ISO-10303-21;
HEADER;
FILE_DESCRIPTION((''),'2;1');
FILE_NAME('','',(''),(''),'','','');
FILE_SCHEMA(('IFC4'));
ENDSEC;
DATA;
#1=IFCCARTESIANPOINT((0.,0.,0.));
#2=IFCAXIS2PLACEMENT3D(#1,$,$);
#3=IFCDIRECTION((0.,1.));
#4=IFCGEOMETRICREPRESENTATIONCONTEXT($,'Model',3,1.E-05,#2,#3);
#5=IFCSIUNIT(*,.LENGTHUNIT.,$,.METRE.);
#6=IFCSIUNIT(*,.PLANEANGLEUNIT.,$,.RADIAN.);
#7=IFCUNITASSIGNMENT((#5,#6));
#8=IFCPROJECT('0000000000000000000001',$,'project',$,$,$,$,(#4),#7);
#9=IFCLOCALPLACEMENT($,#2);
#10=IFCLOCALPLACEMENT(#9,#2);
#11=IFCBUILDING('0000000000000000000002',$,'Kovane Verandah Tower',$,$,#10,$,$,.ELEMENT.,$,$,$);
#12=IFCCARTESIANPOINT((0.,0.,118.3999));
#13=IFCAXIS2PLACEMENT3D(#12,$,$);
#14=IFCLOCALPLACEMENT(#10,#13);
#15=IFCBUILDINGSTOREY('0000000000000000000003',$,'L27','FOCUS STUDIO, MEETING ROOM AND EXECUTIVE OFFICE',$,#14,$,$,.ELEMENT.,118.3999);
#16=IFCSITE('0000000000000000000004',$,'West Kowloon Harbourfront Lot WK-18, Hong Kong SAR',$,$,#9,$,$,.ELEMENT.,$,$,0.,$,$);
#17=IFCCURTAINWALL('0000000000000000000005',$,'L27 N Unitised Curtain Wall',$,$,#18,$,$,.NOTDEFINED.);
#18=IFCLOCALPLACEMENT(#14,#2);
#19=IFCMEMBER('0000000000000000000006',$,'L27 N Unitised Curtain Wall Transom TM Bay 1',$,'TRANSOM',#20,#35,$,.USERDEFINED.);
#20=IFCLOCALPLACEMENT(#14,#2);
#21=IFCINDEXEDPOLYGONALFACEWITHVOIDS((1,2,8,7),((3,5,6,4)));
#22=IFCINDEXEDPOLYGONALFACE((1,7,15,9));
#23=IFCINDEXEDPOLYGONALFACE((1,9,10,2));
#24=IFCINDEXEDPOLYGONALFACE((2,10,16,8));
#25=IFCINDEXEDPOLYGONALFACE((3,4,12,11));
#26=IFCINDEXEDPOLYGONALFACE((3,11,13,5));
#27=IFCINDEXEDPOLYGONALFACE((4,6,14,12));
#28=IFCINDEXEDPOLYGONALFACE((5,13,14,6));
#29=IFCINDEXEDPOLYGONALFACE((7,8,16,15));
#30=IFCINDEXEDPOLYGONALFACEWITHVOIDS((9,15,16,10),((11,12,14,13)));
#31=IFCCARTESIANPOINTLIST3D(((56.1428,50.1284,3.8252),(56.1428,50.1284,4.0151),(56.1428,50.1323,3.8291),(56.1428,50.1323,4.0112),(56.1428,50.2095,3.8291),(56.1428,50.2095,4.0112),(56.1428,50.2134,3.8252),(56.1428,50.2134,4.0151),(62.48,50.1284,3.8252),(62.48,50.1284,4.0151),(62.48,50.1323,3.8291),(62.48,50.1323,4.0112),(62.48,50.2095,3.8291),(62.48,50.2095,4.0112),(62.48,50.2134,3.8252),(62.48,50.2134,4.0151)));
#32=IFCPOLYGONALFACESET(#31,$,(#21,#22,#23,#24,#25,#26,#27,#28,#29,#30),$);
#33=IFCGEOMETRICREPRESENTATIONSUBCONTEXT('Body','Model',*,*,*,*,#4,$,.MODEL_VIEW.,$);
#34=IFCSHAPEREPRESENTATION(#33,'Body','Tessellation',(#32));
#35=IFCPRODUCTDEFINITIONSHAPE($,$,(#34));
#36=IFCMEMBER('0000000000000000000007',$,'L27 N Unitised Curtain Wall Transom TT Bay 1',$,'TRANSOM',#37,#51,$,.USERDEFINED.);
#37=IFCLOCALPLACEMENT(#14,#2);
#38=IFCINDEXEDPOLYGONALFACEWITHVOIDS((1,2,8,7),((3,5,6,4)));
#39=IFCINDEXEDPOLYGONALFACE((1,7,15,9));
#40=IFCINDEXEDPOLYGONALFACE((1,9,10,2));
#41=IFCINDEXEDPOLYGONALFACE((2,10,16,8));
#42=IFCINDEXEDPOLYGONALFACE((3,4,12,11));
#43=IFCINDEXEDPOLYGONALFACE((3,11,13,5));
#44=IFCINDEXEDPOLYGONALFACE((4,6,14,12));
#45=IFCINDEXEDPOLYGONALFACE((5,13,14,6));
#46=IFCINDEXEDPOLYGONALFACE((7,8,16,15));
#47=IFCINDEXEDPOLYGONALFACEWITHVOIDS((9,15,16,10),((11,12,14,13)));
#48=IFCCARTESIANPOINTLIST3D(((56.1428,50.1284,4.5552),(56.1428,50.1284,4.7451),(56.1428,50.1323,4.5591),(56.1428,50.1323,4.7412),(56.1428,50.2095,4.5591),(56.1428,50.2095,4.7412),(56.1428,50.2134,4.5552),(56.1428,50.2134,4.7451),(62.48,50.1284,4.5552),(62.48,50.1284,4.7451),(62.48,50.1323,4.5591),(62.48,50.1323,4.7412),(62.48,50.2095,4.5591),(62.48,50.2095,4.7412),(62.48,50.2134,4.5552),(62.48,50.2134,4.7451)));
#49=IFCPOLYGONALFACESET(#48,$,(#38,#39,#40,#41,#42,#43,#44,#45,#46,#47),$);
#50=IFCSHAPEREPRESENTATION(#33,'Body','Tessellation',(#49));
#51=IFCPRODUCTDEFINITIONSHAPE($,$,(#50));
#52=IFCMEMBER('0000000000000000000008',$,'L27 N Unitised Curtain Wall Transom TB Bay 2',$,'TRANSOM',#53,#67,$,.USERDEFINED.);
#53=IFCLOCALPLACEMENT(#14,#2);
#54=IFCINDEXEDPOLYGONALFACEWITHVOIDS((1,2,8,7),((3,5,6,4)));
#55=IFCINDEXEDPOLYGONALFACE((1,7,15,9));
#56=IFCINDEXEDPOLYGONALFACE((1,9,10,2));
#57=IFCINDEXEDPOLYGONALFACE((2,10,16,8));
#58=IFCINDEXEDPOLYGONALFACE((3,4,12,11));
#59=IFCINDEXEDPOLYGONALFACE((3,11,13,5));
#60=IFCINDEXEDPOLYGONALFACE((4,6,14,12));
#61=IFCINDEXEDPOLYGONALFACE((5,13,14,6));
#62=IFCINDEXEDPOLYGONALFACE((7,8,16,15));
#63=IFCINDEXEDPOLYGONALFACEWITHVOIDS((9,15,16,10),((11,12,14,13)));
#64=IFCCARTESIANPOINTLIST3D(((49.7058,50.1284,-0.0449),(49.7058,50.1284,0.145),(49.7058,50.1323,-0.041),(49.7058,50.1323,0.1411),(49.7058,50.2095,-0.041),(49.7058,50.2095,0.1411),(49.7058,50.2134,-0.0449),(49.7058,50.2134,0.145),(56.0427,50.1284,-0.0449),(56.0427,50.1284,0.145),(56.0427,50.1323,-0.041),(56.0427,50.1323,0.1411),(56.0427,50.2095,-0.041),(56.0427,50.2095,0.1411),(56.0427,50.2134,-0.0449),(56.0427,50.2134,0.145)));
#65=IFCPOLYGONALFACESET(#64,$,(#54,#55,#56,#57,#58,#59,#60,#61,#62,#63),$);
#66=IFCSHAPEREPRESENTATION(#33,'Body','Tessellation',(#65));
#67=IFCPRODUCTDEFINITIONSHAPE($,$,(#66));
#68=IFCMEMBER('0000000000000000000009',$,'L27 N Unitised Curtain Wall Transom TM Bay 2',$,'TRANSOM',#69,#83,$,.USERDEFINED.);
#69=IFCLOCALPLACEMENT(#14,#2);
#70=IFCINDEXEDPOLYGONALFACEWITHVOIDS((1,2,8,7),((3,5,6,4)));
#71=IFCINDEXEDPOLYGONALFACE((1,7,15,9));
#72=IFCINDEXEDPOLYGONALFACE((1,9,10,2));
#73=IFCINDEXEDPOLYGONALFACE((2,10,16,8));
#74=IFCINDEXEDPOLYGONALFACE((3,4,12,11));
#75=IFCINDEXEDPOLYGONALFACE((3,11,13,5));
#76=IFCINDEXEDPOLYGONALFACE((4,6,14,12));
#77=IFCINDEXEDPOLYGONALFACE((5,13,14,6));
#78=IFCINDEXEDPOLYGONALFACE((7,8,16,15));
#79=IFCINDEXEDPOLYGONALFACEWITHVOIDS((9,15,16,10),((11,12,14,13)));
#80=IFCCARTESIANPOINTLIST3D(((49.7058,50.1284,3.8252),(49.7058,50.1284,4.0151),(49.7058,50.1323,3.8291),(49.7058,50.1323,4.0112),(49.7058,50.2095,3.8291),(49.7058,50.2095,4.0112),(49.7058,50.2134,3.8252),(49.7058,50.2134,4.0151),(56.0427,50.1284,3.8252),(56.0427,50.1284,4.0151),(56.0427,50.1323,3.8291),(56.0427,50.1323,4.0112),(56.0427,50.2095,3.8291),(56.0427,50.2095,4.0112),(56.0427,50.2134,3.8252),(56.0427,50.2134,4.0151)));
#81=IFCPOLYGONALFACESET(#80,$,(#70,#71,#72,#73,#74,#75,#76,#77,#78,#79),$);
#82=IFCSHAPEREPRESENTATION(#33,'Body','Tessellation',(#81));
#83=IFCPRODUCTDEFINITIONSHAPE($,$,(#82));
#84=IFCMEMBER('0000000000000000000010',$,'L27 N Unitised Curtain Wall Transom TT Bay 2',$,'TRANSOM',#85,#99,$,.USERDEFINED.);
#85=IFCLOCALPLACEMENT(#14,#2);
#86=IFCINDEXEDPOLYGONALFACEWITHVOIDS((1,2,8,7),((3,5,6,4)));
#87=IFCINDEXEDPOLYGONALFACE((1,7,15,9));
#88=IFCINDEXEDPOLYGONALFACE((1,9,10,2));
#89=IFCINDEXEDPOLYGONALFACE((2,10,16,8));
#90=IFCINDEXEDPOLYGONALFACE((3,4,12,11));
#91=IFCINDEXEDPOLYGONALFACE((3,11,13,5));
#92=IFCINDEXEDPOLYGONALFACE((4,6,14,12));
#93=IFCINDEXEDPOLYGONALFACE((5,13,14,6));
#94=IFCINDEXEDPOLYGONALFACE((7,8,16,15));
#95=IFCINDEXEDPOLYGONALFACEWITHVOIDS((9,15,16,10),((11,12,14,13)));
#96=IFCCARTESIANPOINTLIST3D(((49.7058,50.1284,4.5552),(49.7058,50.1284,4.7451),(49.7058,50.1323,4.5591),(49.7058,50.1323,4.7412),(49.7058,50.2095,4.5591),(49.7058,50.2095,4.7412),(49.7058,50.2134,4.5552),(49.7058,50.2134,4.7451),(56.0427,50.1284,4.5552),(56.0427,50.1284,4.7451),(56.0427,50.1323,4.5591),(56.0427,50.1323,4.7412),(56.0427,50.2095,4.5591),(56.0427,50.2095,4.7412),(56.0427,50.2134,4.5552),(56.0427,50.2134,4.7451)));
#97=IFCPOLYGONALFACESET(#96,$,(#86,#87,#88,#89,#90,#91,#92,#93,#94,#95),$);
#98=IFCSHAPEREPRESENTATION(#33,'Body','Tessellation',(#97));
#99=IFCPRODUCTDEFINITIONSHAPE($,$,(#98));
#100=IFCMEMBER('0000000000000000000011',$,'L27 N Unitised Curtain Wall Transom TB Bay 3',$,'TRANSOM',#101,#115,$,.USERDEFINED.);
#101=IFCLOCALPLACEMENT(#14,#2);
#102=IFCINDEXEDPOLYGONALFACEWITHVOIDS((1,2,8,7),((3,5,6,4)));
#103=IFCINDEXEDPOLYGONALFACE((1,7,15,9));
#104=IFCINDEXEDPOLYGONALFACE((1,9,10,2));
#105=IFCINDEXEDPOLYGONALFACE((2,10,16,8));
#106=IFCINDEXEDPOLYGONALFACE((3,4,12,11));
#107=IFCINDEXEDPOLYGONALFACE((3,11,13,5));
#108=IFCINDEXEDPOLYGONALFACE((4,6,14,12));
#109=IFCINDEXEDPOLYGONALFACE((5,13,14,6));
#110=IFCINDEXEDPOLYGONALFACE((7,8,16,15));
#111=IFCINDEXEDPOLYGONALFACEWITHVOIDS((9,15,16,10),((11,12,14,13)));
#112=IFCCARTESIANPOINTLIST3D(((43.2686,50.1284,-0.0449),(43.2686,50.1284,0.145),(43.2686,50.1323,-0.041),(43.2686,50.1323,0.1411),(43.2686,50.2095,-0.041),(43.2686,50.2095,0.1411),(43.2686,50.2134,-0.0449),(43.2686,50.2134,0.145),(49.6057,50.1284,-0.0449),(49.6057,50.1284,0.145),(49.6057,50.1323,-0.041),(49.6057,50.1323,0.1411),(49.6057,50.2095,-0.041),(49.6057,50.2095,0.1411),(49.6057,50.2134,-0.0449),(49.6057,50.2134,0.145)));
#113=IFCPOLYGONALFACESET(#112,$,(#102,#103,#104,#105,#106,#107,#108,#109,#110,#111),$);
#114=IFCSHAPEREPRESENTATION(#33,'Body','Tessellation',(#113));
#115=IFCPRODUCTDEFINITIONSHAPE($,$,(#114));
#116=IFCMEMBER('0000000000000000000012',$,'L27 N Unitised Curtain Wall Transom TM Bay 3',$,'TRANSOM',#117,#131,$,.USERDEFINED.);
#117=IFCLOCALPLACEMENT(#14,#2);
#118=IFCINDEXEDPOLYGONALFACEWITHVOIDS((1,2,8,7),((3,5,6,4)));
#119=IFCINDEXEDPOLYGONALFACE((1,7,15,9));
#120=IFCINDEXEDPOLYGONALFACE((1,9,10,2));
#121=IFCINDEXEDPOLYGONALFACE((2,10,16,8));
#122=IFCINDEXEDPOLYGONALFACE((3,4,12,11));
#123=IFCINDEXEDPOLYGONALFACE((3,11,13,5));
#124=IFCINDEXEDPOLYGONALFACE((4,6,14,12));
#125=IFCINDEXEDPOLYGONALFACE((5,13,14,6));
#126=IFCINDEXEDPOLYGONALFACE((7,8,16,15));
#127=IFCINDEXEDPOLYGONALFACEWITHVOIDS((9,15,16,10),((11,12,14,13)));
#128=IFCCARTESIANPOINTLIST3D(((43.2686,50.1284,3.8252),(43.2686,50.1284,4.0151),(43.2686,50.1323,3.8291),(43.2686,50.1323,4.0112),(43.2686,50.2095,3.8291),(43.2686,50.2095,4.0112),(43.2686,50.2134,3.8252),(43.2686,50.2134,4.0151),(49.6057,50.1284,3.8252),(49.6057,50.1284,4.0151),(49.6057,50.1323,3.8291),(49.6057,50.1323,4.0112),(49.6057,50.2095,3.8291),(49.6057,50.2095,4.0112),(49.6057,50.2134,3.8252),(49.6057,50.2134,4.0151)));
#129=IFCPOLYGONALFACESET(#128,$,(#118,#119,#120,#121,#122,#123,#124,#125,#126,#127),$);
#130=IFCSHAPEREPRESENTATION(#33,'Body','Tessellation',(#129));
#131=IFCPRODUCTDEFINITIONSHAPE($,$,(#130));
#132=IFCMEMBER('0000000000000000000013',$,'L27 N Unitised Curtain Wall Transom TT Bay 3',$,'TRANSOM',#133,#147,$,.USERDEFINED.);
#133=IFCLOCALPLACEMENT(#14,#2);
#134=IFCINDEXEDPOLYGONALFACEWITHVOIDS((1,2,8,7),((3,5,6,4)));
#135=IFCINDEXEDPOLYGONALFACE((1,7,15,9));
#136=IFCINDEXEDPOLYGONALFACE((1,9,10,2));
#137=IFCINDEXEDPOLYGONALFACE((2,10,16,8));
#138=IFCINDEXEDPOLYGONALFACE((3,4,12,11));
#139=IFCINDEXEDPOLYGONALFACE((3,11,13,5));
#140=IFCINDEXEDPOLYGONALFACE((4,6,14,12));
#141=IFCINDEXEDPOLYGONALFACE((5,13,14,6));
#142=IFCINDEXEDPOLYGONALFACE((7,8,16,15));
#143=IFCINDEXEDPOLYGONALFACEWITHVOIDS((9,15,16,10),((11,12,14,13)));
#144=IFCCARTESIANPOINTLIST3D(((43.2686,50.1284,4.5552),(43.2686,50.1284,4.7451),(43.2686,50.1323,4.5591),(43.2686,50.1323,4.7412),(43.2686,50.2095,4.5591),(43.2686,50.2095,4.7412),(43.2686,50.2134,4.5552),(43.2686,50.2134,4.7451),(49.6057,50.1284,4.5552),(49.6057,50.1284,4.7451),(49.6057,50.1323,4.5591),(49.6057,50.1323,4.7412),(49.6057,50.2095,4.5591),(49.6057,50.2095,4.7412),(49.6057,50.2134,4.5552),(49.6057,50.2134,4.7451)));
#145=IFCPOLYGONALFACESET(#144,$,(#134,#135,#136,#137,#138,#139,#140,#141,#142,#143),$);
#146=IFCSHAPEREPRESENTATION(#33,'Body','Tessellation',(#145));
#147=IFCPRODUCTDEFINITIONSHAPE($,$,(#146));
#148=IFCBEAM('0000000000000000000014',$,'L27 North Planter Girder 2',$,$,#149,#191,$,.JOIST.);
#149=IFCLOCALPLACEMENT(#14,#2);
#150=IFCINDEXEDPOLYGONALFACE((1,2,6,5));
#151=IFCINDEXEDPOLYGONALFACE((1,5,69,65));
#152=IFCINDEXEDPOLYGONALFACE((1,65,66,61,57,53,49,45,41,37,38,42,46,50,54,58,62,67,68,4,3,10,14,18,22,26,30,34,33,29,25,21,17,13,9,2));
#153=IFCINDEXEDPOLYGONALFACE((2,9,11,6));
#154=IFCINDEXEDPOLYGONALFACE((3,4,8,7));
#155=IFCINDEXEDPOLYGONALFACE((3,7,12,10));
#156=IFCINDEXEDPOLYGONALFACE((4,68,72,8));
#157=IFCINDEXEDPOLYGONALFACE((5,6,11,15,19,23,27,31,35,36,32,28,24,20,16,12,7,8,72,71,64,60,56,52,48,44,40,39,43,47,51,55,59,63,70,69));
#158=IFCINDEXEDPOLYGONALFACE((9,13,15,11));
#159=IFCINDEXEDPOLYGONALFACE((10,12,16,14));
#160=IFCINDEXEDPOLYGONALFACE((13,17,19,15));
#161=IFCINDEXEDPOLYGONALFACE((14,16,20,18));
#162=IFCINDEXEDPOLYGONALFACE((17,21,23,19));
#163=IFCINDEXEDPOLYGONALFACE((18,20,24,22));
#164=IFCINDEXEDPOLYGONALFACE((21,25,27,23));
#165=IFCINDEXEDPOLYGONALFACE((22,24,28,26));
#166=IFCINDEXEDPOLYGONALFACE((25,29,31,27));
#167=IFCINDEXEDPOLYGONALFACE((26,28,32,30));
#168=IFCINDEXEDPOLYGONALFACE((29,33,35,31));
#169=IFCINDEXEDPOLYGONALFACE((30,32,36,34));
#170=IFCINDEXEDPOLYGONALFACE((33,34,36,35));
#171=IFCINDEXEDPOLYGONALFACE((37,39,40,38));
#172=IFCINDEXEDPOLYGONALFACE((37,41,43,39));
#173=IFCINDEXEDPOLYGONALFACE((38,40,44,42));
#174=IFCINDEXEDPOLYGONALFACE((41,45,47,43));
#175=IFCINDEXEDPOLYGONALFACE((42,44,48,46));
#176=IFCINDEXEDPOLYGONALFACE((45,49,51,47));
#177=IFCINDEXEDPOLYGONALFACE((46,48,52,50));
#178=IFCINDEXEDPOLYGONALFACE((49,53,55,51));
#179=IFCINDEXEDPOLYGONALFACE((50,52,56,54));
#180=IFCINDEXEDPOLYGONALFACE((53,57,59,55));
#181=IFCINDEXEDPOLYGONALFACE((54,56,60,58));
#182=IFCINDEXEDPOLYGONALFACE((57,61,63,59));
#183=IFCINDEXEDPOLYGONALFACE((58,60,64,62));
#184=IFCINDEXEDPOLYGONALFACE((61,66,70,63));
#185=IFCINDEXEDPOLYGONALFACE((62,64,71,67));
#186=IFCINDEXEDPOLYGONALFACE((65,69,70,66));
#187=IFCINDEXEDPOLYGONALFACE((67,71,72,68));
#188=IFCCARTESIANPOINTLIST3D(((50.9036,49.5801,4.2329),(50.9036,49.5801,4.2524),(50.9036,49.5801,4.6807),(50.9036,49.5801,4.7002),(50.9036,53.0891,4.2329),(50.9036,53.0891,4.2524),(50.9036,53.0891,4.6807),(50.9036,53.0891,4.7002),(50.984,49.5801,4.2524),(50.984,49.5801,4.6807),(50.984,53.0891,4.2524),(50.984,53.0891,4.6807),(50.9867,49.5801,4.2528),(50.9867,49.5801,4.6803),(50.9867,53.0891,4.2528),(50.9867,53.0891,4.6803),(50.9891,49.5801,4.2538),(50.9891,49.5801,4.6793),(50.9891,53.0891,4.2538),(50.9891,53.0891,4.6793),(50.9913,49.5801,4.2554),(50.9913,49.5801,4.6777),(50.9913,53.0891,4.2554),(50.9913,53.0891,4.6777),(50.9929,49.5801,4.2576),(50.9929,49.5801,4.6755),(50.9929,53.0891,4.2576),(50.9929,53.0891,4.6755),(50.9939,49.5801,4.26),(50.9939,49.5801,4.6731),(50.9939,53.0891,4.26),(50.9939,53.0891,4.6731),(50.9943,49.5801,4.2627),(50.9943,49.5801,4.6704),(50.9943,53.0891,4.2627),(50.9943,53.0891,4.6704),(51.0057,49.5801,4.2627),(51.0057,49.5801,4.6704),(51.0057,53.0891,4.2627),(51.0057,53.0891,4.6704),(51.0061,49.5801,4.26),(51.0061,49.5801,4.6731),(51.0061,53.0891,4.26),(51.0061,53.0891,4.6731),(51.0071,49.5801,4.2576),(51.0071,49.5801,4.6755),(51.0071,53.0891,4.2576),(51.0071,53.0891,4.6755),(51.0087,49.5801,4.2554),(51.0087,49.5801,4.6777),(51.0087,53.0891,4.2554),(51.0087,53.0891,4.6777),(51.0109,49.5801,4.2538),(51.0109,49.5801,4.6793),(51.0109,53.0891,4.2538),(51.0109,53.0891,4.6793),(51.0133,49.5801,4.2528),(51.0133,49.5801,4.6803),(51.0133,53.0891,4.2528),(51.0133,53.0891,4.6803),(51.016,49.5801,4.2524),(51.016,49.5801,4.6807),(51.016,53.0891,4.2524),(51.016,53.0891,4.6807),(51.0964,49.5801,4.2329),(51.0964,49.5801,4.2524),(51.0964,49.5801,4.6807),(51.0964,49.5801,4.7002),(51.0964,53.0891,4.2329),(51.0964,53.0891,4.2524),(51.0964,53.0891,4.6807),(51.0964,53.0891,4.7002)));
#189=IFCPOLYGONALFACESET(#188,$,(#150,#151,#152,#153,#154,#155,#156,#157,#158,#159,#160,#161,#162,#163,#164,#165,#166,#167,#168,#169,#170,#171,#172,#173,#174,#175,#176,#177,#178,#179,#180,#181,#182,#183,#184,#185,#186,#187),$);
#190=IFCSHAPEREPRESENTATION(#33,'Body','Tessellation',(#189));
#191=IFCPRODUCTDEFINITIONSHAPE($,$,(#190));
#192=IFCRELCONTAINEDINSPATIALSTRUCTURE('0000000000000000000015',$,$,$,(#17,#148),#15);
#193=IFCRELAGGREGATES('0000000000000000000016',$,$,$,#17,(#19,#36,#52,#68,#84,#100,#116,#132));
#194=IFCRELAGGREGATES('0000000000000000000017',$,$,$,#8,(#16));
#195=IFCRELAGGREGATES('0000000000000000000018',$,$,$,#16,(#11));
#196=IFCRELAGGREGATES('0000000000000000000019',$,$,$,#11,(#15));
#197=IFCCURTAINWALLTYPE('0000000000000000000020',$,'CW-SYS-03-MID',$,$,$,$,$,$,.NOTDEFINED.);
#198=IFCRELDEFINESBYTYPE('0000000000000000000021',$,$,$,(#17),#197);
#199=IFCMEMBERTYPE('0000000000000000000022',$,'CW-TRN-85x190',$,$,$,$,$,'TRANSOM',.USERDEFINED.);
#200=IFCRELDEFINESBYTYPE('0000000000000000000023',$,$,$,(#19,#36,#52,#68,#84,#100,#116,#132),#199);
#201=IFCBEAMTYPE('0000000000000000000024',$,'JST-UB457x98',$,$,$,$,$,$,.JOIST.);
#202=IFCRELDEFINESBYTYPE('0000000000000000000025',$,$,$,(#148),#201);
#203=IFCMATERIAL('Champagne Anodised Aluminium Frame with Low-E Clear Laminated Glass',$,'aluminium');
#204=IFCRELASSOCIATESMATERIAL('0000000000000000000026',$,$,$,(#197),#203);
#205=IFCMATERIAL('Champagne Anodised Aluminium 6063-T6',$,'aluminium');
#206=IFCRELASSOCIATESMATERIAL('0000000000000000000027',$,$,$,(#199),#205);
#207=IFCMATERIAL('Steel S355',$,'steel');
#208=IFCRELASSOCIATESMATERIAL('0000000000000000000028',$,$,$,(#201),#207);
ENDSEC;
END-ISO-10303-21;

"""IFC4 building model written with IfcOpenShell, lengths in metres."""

from ifc_helpers import new_model, si_unit, direction, frame, origin, origin_2d, place, context, subcontext, project, spatial, hollow_rectangle, i_section, extrude, material, material_profile, profile_set, type_object, element, aggregate, save


model = new_model("IFC4")

# Units and contexts
model_context = context("Model", 3, precision=1e-05, world=origin(), true_north=direction((0.0, 1.0)))
body_context = subcontext(model_context, "Body", "Model", "MODEL_VIEW")
ifc_project = project(units=[si_unit("LENGTHUNIT", "METRE"), si_unit("PLANEANGLEUNIT", "RADIAN")], contexts=[model_context])

# Site, building, storey
site_placement = place(None, origin())
site = spatial("IfcSite", under=ifc_project, at=site_placement, Name="West Kowloon Harbourfront Lot WK-18, Hong Kong SAR", CompositionType="ELEMENT", RefElevation=0.0)
building_placement = place(site_placement, origin())
building = spatial("IfcBuilding", under=site, at=building_placement, Name="Kovane Verandah Tower", CompositionType="ELEMENT")
storey_placement = place(building_placement, frame((0.0, 0.0, 118.3999)))
storey = spatial("IfcBuildingStorey", under=building, at=storey_placement, Name="L27", Description="FOCUS STUDIO, MEETING ROOM AND EXECUTIVE OFFICE", CompositionType="ELEMENT", Elevation=118.3999)

# Shared definitions
ifc_material_1 = material(Name="Steel S355", Category="steel")

# Curtain wall, members
ifc_material_2 = material(Name="Champagne Anodised Aluminium Frame with Low-E Clear Laminated Glass", Category="aluminium")
curtain_wall_type = type_object("IfcCurtainWallType", Name="CW-SYS-03-MID", PredefinedType="NOTDEFINED", material=ifc_material_2)
curtain_wall_placement = place(storey_placement, origin())
curtain_wall = element("IfcCurtainWall", 1, at=curtain_wall_placement, inside=storey, type_object=curtain_wall_type, Name="L27 N Unitised Curtain Wall", PredefinedType="NOTDEFINED")
ifc_material_3 = material(Name="Champagne Anodised Aluminium 6063-T6", Category="aluminium")
ifc_material_profile_1 = material_profile(ifc_material_3, hollow_rectangle(XDim=0.085, YDim=0.1899, WallThickness=0.0039, at=origin_2d()), Name="AL85x190x4")
ifc_profile_set_1 = profile_set([ifc_material_profile_1], Name="Champagne Anodised Aluminium 6063-T6")
member_type_1 = type_object("IfcMemberType", Name="CW-TRN-85x190", ElementType="TRANSOM", PredefinedType="USERDEFINED", material=ifc_profile_set_1)
member_1_placement = place(storey_placement, frame((62.48, 50.1709, 3.9202), z_axis=(-1.0, 0.0, 0.0), x_axis=(0.0, -1.0, 0.0)))
member_1 = element("IfcMember", 2, at=member_1_placement, type_object=member_type_1, Name="L27 N Unitised Curtain Wall Transom TM Bay 1", ObjectType="TRANSOM", PredefinedType="USERDEFINED", context=body_context, shape_type="SweptSolid", body=[
    extrude(hollow_rectangle(XDim=0.085, YDim=0.1899, WallThickness=0.0039, at=origin_2d()), origin(), (0.0, 0.0, 1.0), 6.3372),
])
member_2_placement = place(storey_placement, frame((62.48, 50.1709, 4.6501), z_axis=(-1.0, 0.0, 0.0), x_axis=(0.0, -1.0, 0.0)))
member_2 = element("IfcMember", 3, at=member_2_placement, type_object=member_type_1, Name="L27 N Unitised Curtain Wall Transom TT Bay 1", ObjectType="TRANSOM", PredefinedType="USERDEFINED", context=body_context, shape_type="SweptSolid", body=[
    extrude(hollow_rectangle(XDim=0.085, YDim=0.1899, WallThickness=0.0039, at=origin_2d()), origin(), (0.0, 0.0, 1.0), 6.3372),
])
member_3_placement = place(storey_placement, frame((56.0427, 50.1709, 0.05), z_axis=(-1.0, 0.0, 0.0), x_axis=(0.0, -1.0, 0.0)))
member_3 = element("IfcMember", 4, at=member_3_placement, type_object=member_type_1, Name="L27 N Unitised Curtain Wall Transom TB Bay 2", ObjectType="TRANSOM", PredefinedType="USERDEFINED", context=body_context, shape_type="SweptSolid", body=[
    extrude(hollow_rectangle(XDim=0.085, YDim=0.1899, WallThickness=0.0039, at=origin_2d()), origin(), (0.0, 0.0, 1.0), 6.3369),
])
member_4_placement = place(storey_placement, frame((56.0427, 50.1709, 3.9202), z_axis=(-1.0, 0.0, 0.0), x_axis=(0.0, -1.0, 0.0)))
member_4 = element("IfcMember", 5, at=member_4_placement, type_object=member_type_1, Name="L27 N Unitised Curtain Wall Transom TM Bay 2", ObjectType="TRANSOM", PredefinedType="USERDEFINED", context=body_context, shape_type="SweptSolid", body=[
    extrude(hollow_rectangle(XDim=0.085, YDim=0.1899, WallThickness=0.0039, at=origin_2d()), origin(), (0.0, 0.0, 1.0), 6.3369),
])
member_5_placement = place(storey_placement, frame((56.0427, 50.1709, 4.6501), z_axis=(-1.0, 0.0, 0.0), x_axis=(0.0, -1.0, 0.0)))
member_5 = element("IfcMember", 6, at=member_5_placement, type_object=member_type_1, Name="L27 N Unitised Curtain Wall Transom TT Bay 2", ObjectType="TRANSOM", PredefinedType="USERDEFINED", context=body_context, shape_type="SweptSolid", body=[
    extrude(hollow_rectangle(XDim=0.085, YDim=0.1899, WallThickness=0.0039, at=origin_2d()), origin(), (0.0, 0.0, 1.0), 6.3369),
])
member_6_placement = place(storey_placement, frame((49.6057, 50.1709, 0.05), z_axis=(-1.0, 0.0, 0.0), x_axis=(0.0, -1.0, 0.0)))
member_6 = element("IfcMember", 7, at=member_6_placement, type_object=member_type_1, Name="L27 N Unitised Curtain Wall Transom TB Bay 3", ObjectType="TRANSOM", PredefinedType="USERDEFINED", context=body_context, shape_type="SweptSolid", body=[
    extrude(hollow_rectangle(XDim=0.085, YDim=0.1899, WallThickness=0.0039, at=origin_2d()), origin(), (0.0, 0.0, 1.0), 6.3372),
])
member_7_placement = place(storey_placement, frame((49.6057, 50.1709, 3.9202), z_axis=(-1.0, 0.0, 0.0), x_axis=(0.0, -1.0, 0.0)))
member_7 = element("IfcMember", 8, at=member_7_placement, type_object=member_type_1, Name="L27 N Unitised Curtain Wall Transom TM Bay 3", ObjectType="TRANSOM", PredefinedType="USERDEFINED", context=body_context, shape_type="SweptSolid", body=[
    extrude(hollow_rectangle(XDim=0.085, YDim=0.1899, WallThickness=0.0039, at=origin_2d()), origin(), (0.0, 0.0, 1.0), 6.3372),
])
member_8_placement = place(storey_placement, frame((49.6057, 50.1709, 4.6501), z_axis=(-1.0, 0.0, 0.0), x_axis=(0.0, -1.0, 0.0)))
member_8 = element("IfcMember", 9, at=member_8_placement, type_object=member_type_1, Name="L27 N Unitised Curtain Wall Transom TT Bay 3", ObjectType="TRANSOM", PredefinedType="USERDEFINED", context=body_context, shape_type="SweptSolid", body=[
    extrude(hollow_rectangle(XDim=0.085, YDim=0.1899, WallThickness=0.0039, at=origin_2d()), origin(), (0.0, 0.0, 1.0), 6.3372),
])

# Beam
ifc_material_profile_2 = material_profile(ifc_material_1, i_section(OverallWidth=0.1929, OverallDepth=0.4673, WebThickness=0.0115, FlangeThickness=0.0195, FilletRadius=0.0103, at=origin_2d()), Name="UB457x191x98")
ifc_profile_set_2 = profile_set([ifc_material_profile_2], Name="Steel S355")
beam_type_1 = type_object("IfcBeamType", Name="JST-UB457x98", PredefinedType="JOIST", material=ifc_profile_set_2)
beam_1_placement = place(storey_placement, frame((51.0, 49.5801, 4.4666), z_axis=(0.0, 1.0, 0.0), x_axis=(-1.0, 0.0, 0.0)))
element("IfcBeam", 10, at=beam_1_placement, inside=storey, type_object=beam_type_1, Name="L27 North Planter Girder 2", PredefinedType="JOIST", context=body_context, shape_type="SweptSolid", body=[
    extrude(i_section(OverallWidth=0.1929, OverallDepth=0.4673, WebThickness=0.0115, FlangeThickness=0.0195, FilletRadius=0.0103, at=origin_2d()), origin(), (0.0, 0.0, 1.0), 3.509),
])

aggregate(curtain_wall, [member_1, member_2, member_3, member_4, member_5, member_6, member_7, member_8])

save(model, "model.ifc")
